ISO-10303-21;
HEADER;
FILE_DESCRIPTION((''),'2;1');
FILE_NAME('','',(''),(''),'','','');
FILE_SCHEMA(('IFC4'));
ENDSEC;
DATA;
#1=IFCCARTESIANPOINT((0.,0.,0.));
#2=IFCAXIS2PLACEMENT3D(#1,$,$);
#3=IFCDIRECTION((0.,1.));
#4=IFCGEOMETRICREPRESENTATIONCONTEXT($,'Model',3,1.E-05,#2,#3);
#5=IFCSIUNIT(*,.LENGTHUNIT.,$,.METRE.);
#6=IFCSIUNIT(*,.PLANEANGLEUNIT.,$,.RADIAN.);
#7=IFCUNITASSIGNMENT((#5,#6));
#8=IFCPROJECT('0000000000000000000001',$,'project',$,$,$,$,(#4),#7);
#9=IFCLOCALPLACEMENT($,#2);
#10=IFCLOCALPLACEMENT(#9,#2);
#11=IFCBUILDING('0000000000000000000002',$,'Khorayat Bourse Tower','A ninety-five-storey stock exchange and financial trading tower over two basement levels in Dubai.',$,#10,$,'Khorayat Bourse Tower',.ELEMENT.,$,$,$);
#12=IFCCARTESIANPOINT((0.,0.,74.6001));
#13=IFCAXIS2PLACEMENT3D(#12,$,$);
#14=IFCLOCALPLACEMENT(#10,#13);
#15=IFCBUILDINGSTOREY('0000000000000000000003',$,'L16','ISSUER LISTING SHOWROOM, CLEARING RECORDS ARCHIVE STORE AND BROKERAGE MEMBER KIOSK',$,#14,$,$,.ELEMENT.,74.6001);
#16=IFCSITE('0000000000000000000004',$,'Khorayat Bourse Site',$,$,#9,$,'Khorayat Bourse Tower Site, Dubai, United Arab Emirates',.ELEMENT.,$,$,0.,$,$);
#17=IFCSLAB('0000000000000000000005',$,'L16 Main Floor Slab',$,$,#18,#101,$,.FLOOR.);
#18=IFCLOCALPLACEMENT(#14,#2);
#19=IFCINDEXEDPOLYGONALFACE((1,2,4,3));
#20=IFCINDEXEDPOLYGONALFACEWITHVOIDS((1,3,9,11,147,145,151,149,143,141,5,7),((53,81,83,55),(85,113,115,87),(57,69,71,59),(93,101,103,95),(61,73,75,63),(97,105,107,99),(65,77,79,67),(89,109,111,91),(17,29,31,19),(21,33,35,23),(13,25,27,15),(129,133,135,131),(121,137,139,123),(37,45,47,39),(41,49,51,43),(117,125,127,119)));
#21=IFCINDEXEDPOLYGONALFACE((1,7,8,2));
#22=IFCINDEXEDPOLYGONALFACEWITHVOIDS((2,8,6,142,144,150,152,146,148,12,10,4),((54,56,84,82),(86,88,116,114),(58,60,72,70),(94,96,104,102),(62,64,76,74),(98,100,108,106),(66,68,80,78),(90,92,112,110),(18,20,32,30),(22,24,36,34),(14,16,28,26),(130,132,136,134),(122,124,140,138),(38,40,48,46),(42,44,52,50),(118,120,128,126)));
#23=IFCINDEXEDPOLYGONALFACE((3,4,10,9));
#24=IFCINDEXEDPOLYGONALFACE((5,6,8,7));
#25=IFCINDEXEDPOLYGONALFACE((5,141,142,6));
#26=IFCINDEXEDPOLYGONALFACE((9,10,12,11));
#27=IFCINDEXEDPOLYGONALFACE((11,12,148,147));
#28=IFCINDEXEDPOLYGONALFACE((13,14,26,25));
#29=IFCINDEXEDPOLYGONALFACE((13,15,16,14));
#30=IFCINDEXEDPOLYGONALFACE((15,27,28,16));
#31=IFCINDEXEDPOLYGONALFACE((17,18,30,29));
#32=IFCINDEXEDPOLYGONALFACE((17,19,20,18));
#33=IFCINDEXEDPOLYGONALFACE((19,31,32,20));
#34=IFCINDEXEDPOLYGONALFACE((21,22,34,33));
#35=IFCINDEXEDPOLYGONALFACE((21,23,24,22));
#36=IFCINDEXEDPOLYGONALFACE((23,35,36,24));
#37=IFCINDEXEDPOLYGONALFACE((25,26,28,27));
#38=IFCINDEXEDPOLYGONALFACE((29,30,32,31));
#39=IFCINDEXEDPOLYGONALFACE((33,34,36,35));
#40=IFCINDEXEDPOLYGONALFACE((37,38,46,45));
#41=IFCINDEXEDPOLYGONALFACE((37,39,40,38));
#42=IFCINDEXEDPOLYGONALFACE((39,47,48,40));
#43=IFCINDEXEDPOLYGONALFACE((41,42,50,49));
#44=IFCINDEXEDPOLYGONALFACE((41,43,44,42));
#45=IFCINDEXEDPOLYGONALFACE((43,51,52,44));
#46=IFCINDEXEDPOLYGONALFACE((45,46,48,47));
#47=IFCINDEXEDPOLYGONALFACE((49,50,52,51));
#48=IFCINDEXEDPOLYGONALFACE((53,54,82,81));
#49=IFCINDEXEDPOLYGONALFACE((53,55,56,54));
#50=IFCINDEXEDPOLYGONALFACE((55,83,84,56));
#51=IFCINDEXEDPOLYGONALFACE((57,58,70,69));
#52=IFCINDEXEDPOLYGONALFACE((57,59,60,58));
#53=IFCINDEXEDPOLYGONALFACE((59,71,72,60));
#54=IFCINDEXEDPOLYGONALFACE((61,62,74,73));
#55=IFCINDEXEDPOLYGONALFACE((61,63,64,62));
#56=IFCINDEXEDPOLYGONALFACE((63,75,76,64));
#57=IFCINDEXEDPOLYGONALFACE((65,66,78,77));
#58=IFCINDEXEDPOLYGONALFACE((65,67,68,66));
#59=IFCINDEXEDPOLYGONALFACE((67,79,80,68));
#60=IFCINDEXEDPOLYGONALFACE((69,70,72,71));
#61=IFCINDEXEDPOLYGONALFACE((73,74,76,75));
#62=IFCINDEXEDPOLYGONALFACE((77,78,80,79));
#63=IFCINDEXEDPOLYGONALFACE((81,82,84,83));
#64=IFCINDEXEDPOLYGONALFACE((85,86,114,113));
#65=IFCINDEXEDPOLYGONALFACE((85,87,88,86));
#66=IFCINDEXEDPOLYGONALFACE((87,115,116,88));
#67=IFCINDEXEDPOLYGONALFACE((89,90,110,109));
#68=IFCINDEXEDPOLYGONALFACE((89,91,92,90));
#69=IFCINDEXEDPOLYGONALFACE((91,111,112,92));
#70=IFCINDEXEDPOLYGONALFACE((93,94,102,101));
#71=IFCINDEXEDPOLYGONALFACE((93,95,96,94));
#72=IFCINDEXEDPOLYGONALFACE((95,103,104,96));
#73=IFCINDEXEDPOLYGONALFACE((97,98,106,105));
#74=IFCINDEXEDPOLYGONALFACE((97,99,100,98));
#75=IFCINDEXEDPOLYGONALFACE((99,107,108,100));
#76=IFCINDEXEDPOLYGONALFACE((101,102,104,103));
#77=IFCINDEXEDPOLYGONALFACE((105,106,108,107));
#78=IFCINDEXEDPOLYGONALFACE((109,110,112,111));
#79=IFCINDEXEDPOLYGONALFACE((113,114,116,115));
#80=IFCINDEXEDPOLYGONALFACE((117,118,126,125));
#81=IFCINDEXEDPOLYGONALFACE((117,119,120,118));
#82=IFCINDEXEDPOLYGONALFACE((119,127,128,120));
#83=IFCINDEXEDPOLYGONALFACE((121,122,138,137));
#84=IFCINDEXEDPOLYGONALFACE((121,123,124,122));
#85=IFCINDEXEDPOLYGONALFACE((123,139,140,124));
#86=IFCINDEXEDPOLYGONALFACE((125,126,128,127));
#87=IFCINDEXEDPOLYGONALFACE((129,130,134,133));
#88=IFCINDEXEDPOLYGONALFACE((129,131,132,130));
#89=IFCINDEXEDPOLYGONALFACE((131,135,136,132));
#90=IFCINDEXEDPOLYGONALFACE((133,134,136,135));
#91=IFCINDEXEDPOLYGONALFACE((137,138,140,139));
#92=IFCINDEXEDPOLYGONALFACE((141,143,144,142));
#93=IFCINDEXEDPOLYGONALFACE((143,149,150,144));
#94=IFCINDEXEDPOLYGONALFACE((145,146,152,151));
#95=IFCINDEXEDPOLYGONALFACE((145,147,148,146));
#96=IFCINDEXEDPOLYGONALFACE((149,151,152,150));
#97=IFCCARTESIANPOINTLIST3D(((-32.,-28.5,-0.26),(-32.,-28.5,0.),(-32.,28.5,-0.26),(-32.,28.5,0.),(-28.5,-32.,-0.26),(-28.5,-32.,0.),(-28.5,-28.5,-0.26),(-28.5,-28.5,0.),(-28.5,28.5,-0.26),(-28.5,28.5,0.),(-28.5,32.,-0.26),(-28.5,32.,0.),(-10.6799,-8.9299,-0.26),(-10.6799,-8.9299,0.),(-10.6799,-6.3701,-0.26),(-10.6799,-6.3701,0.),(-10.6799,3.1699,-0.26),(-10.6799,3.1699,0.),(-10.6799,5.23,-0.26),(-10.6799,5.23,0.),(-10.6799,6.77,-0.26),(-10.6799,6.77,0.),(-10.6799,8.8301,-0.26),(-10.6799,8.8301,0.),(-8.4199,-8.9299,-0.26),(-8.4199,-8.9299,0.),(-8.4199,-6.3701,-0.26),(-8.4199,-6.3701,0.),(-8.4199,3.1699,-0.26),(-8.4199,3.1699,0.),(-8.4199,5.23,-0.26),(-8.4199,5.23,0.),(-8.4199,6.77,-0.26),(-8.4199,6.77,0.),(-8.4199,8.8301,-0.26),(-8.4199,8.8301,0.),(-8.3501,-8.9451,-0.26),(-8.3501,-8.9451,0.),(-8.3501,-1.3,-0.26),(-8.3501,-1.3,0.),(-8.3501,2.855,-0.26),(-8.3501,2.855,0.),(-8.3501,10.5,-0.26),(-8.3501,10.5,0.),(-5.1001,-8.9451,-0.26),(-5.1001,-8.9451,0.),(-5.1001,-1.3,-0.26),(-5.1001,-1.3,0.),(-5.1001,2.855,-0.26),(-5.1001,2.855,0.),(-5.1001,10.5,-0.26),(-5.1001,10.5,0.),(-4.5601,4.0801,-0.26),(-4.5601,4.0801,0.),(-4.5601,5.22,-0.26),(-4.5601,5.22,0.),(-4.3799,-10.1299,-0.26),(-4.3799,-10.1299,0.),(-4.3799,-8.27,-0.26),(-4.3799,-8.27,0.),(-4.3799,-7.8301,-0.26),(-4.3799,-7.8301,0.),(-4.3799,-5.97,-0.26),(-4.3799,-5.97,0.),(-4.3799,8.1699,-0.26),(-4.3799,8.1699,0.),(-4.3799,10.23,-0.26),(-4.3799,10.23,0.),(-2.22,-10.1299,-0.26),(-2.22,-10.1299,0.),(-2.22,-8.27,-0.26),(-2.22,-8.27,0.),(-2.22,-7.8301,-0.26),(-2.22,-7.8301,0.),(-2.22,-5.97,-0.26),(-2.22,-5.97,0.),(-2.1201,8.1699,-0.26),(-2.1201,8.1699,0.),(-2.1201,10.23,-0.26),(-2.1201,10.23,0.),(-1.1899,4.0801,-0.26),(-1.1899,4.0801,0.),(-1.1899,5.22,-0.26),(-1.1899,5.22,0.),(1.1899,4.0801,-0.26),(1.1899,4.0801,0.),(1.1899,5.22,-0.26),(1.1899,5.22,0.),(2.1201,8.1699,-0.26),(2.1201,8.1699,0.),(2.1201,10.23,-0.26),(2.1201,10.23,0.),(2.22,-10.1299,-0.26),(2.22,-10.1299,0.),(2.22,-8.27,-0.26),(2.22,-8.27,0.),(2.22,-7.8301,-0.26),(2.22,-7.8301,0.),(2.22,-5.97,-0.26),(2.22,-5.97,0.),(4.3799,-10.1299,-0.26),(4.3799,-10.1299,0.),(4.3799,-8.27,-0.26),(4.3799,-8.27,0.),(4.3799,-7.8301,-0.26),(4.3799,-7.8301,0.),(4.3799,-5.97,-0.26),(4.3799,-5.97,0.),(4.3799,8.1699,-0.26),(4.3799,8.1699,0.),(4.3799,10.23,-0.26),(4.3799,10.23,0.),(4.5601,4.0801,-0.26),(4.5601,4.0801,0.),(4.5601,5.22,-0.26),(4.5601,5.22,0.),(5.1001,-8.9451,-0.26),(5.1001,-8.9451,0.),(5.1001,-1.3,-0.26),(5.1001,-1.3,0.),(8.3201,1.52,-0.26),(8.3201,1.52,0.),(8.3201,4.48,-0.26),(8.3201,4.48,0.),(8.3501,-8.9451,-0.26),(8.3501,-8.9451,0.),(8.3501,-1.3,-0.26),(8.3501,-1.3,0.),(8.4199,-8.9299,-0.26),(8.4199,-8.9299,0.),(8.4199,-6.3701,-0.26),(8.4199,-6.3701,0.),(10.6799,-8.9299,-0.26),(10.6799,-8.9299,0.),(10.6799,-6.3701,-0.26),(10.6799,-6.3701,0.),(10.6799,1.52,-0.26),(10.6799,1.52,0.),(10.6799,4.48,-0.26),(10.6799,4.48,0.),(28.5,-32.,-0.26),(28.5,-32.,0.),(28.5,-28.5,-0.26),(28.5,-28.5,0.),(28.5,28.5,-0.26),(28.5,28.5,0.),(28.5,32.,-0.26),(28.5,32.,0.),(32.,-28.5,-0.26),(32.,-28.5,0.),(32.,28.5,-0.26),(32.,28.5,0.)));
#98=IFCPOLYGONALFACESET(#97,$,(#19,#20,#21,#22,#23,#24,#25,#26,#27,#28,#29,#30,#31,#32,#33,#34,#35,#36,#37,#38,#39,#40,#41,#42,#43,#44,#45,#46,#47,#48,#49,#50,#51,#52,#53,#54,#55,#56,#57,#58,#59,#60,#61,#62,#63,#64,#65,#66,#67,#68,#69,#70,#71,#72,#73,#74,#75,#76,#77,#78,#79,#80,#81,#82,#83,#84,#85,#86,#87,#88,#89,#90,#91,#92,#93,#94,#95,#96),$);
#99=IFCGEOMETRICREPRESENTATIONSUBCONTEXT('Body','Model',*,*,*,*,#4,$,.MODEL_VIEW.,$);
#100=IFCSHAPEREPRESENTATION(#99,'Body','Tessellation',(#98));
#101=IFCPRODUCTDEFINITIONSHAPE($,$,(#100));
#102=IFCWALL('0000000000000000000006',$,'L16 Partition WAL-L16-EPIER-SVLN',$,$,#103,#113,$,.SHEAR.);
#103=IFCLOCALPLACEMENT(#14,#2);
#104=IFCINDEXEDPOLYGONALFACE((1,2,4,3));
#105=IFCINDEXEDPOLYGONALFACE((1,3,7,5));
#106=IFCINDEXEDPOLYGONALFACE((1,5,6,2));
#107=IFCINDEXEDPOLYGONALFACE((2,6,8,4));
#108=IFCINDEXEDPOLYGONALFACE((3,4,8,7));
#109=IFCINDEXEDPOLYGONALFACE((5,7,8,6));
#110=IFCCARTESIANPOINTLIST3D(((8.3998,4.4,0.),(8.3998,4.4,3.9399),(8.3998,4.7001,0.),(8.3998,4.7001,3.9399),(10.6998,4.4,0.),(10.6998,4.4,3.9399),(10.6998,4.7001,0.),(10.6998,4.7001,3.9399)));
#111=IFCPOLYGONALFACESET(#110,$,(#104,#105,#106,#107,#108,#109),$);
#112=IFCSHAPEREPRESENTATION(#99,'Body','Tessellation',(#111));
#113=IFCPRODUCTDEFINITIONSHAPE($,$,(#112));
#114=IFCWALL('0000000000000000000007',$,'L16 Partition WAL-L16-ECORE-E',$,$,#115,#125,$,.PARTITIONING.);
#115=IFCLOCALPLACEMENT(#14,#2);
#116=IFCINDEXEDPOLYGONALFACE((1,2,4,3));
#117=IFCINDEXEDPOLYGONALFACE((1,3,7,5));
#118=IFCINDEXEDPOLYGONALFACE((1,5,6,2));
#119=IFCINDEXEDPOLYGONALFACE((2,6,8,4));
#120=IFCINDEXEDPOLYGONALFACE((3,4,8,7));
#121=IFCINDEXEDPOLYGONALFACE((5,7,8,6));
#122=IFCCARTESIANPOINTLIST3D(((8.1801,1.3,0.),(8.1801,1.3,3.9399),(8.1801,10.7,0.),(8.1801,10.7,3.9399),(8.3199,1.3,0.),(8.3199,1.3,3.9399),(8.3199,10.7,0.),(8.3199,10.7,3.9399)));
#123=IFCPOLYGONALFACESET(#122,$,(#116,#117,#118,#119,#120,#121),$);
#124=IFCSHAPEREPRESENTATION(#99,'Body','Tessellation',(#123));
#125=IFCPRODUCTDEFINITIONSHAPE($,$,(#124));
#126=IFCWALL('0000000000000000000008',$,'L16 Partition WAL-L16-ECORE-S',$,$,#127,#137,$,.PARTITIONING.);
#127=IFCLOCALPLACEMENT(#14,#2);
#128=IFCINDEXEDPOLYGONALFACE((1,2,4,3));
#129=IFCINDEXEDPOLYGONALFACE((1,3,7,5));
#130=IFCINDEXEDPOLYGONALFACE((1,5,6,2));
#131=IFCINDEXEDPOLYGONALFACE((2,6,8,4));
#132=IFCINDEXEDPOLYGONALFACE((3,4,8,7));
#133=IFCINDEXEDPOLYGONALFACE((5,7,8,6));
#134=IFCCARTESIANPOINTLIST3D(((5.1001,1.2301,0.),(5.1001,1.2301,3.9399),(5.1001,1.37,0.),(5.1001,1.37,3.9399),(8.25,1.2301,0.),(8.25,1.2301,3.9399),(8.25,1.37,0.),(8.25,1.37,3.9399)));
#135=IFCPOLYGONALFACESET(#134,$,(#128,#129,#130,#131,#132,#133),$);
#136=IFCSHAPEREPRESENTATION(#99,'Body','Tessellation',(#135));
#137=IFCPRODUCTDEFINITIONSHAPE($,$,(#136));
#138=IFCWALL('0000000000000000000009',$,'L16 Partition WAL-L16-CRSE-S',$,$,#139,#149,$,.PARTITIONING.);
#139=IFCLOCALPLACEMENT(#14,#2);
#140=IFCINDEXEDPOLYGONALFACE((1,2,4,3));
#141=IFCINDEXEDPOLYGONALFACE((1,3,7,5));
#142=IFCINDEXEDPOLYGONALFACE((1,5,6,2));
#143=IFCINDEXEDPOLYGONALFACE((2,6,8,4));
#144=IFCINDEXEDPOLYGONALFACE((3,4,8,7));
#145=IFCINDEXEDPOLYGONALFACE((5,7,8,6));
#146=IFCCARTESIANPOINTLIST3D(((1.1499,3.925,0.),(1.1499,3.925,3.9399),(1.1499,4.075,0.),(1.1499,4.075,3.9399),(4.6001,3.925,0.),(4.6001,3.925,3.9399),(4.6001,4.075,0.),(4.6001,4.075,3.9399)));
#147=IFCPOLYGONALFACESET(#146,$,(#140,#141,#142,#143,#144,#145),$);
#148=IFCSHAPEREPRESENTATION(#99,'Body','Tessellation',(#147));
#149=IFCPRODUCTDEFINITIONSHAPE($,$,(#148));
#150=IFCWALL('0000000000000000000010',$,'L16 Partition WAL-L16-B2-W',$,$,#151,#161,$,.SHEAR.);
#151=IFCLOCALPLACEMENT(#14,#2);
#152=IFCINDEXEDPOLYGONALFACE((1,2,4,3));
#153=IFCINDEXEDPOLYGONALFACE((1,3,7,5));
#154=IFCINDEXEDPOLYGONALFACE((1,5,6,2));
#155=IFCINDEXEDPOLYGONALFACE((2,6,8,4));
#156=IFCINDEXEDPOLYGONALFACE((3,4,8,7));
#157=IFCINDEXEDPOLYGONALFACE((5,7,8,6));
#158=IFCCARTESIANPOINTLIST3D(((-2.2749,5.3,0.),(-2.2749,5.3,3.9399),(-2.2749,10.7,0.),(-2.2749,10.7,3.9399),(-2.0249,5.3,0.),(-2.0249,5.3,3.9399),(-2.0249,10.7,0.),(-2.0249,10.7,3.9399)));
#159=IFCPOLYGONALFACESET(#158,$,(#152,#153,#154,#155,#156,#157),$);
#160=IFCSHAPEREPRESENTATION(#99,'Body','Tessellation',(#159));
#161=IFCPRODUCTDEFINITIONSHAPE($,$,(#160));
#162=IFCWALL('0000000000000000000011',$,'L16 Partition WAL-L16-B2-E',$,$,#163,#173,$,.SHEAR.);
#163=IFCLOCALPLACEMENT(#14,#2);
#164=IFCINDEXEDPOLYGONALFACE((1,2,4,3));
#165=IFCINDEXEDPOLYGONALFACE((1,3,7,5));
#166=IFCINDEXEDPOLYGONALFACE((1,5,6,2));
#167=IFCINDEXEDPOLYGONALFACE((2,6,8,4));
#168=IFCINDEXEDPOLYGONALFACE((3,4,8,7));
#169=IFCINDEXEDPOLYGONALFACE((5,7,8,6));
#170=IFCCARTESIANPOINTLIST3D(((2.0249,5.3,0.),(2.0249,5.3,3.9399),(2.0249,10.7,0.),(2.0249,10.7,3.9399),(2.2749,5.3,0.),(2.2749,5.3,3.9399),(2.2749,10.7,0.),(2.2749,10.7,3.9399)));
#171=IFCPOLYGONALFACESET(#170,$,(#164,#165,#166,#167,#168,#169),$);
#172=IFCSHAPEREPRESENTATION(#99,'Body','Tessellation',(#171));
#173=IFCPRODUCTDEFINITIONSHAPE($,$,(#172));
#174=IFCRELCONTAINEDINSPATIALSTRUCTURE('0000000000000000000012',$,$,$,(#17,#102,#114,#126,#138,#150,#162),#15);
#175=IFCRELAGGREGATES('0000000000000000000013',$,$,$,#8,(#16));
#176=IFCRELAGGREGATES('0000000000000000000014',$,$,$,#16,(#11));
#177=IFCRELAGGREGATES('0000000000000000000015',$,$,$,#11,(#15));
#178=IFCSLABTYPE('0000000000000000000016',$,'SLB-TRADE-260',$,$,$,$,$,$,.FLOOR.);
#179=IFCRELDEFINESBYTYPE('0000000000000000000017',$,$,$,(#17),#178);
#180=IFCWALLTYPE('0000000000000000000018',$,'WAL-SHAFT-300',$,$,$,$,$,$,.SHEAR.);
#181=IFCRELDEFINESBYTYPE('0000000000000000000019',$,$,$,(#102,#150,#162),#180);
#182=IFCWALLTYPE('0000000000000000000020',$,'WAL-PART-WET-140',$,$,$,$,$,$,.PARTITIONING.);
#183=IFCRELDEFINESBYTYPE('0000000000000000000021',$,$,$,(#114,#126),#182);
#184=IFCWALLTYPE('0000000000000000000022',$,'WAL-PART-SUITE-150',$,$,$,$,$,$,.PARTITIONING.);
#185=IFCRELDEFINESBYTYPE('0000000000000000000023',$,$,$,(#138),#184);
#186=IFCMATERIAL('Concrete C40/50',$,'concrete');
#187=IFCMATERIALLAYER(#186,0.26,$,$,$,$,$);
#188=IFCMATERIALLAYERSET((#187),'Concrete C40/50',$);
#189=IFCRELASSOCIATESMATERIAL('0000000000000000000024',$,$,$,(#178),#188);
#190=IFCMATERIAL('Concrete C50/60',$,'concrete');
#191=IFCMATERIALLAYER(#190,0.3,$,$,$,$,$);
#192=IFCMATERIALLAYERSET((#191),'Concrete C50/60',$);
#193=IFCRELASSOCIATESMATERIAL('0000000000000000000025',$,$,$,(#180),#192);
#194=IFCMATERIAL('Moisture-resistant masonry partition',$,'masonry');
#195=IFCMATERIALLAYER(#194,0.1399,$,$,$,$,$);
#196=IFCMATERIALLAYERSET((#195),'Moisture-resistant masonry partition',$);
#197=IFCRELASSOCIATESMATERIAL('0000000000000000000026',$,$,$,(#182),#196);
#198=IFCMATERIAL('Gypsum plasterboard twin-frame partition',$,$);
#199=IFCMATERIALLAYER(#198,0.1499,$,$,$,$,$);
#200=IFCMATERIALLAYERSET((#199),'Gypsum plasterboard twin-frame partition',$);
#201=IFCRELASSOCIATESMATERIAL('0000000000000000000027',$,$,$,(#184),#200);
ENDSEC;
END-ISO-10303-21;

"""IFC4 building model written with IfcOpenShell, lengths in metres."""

from ifc_helpers import new_model, si_unit, direction, frame, frame_2d, origin, place, context, subcontext, project, spatial, polyline, rectangle, outline, extrude, source, transform, mapped, material, layer, layer_set, type_object, element, save


model = new_model("IFC4")

# Units and contexts
model_context = context("Model", 3, precision=1e-05, world=origin(), true_north=direction((0.0, 1.0)))
body_context = subcontext(model_context, "Body", "Model", "MODEL_VIEW")
ifc_project = project(units=[si_unit("LENGTHUNIT", "METRE"), si_unit("PLANEANGLEUNIT", "RADIAN")], contexts=[model_context])

# Site, building, storey
site_placement = place(None, origin())
site = spatial("IfcSite", under=ifc_project, at=site_placement, Name="Khorayat Bourse Site", LongName="Khorayat Bourse Tower Site, Dubai, United Arab Emirates", CompositionType="ELEMENT", RefElevation=0.0)
building_placement = place(site_placement, origin())
building = spatial("IfcBuilding", under=site, at=building_placement, Name="Khorayat Bourse Tower", Description="A ninety-five-storey stock exchange and financial trading tower over two basement levels in Dubai.", LongName="Khorayat Bourse Tower", CompositionType="ELEMENT")
storey_placement = place(building_placement, frame((0.0, 0.0, 74.6001)))
storey = spatial("IfcBuildingStorey", under=building, at=storey_placement, Name="L16", Description="ISSUER LISTING SHOWROOM, CLEARING RECORDS ARCHIVE STORE AND BROKERAGE MEMBER KIOSK", CompositionType="ELEMENT", Elevation=74.6001)

# Shared definitions
ifc_material_1 = material(Name="Concrete C40/50", Category="concrete")

# Slab
ifc_layer_1 = layer(ifc_material_1, 0.26)
ifc_layer_set_1 = layer_set([ifc_layer_1], Name="Concrete C40/50")
slab_type_1 = type_object("IfcSlabType", Name="SLB-TRADE-260", PredefinedType="FLOOR", material=ifc_layer_set_1)
slab_1_placement = place(storey_placement, frame((0.0, 0.0, -0.26)))
element("IfcSlab", 1, at=slab_1_placement, inside=storey, type_object=slab_type_1, Name="L16 Main Floor Slab", PredefinedType="FLOOR", context=body_context, shape_type="SweptSolid", body=[
    extrude(outline(polyline([(-28.5, -32.0), (28.5, -32.0), (28.5, -28.5), (32.0, -28.5), (32.0, 28.5), (28.5, 28.5), (28.5, 32.0), (-28.5, 32.0), (-28.5, 28.5), (-32.0, 28.5), (-32.0, -28.5), (-28.5, -28.5), (-28.5, -32.0)]), holes=[polyline([(-8.3501, -8.9451), (-5.1001, -8.9451), (-5.1001, -1.3), (-8.3501, -1.3), (-8.3501, -8.9451)]), polyline([(-8.3501, 2.855), (-5.1001, 2.855), (-5.1001, 10.5), (-8.3501, 10.5), (-8.3501, 2.855)]), polyline([(5.1001, -8.9451), (8.3501, -8.9451), (8.3501, -1.3), (5.1001, -1.3), (5.1001, -8.9451)]), polyline([(-4.3799, -10.1299), (-2.22, -10.1299), (-2.22, -8.27), (-4.3799, -8.27), (-4.3799, -10.1299)]), polyline([(2.22, -10.1299), (4.3799, -10.1299), (4.3799, -8.27), (2.22, -8.27), (2.22, -10.1299)]), polyline([(-4.3799, -7.8301), (-2.22, -7.8301), (-2.22, -5.97), (-4.3799, -5.97), (-4.3799, -7.8301)]), polyline([(2.22, -7.8301), (4.3799, -7.8301), (4.3799, -5.97), (2.22, -5.97), (2.22, -7.8301)]), polyline([(-4.3799, 8.1699), (-2.1201, 8.1699), (-2.1201, 10.23), (-4.3799, 10.23), (-4.3799, 8.1699)]), polyline([(2.1201, 8.1699), (4.3799, 8.1699), (4.3799, 10.23), (2.1201, 10.23), (2.1201, 8.1699)]), polyline([(-10.6799, 3.1699), (-8.4199, 3.1699), (-8.4199, 5.23), (-10.6799, 5.23), (-10.6799, 3.1699)]), polyline([(-10.6799, 6.77), (-8.4199, 6.77), (-8.4199, 8.8301), (-10.6799, 8.8301), (-10.6799, 6.77)]), polyline([(-10.6799, -8.9299), (-8.4199, -8.9299), (-8.4199, -6.3701), (-10.6799, -6.3701), (-10.6799, -8.9299)]), polyline([(8.4199, -8.9299), (10.6799, -8.9299), (10.6799, -6.3701), (8.4199, -6.3701), (8.4199, -8.9299)]), polyline([(8.3201, 1.52), (10.6799, 1.52), (10.6799, 4.48), (8.3201, 4.48), (8.3201, 1.52)]), polyline([(-4.5601, 4.0801), (-1.1899, 4.0801), (-1.1899, 5.22), (-4.5601, 5.22), (-4.5601, 4.0801)]), polyline([(1.1899, 4.0801), (4.5601, 4.0801), (4.5601, 5.22), (1.1899, 5.22), (1.1899, 4.0801)])]), origin(), (0.0, 0.0, 1.0), 0.26),
])

# Walls
ifc_material_2 = material(Name="Concrete C50/60", Category="concrete")
ifc_layer_2 = layer(ifc_material_2, 0.3)
ifc_layer_set_2 = layer_set([ifc_layer_2], Name="Concrete C50/60")
wall_type_1 = type_object("IfcWallType", Name="WAL-SHAFT-300", PredefinedType="SHEAR", material=ifc_layer_set_2)
shared_shape_1 = source(origin(), body_context, "Body", "SweptSolid", [
    extrude(rectangle(XDim=2.3, YDim=0.3, at=frame_2d((1.1499, 0.0))), origin(), (0.0, 0.0, 1.0), 3.9399),
])
wall_1_placement = place(storey_placement, frame((8.3999, 4.55, 0.0), z_axis=(0.0, 0.0, 1.0), x_axis=(1.0, 0.0, 0.0)))
element("IfcWall", 2, at=wall_1_placement, inside=storey, type_object=wall_type_1, Name="L16 Partition WAL-L16-EPIER-SVLN", PredefinedType="SHEAR", context=body_context, shape_type="MappedRepresentation", body=[
    mapped(shared_shape_1, transform((0.0, 0.0, 0.0), scale=1.0)),
])
ifc_material_3 = material(Name="Moisture-resistant masonry partition", Category="masonry")
ifc_layer_3 = layer(ifc_material_3, 0.1399)
ifc_layer_set_3 = layer_set([ifc_layer_3], Name="Moisture-resistant masonry partition")
wall_type_2 = type_object("IfcWallType", Name="WAL-PART-WET-140", PredefinedType="PARTITIONING", material=ifc_layer_set_3)
shared_shape_2 = source(origin(), body_context, "Body", "SweptSolid", [
    extrude(rectangle(XDim=9.3999, YDim=0.1399, at=frame_2d((4.7, 0.0))), origin(), (0.0, 0.0, 1.0), 3.9399),
])
wall_2_placement = place(storey_placement, frame((8.25, 1.3, 0.0), z_axis=(0.0, 0.0, 1.0), x_axis=(0.0, 1.0, 0.0)))
element("IfcWall", 3, at=wall_2_placement, inside=storey, type_object=wall_type_2, Name="L16 Partition WAL-L16-ECORE-E", PredefinedType="PARTITIONING", context=body_context, shape_type="MappedRepresentation", body=[
    mapped(shared_shape_2, transform((0.0, 0.0, 0.0), scale=1.0)),
])
shared_shape_3 = source(origin(), body_context, "Body", "SweptSolid", [
    extrude(rectangle(XDim=3.1499, YDim=0.1399, at=frame_2d((1.575, 0.0))), origin(), (0.0, 0.0, 1.0), 3.9399),
])
wall_3_placement = place(storey_placement, frame((5.1001, 1.3, 0.0), z_axis=(0.0, 0.0, 1.0), x_axis=(1.0, 0.0, 0.0)))
element("IfcWall", 4, at=wall_3_placement, inside=storey, type_object=wall_type_2, Name="L16 Partition WAL-L16-ECORE-S", PredefinedType="PARTITIONING", context=body_context, shape_type="MappedRepresentation", body=[
    mapped(shared_shape_3, transform((0.0, 0.0, 0.0), scale=1.0)),
])

# Walls
ifc_material_4 = material(Name="Gypsum plasterboard twin-frame partition")
ifc_layer_4 = layer(ifc_material_4, 0.1499)
ifc_layer_set_4 = layer_set([ifc_layer_4], Name="Gypsum plasterboard twin-frame partition")
wall_type_3 = type_object("IfcWallType", Name="WAL-PART-SUITE-150", PredefinedType="PARTITIONING", material=ifc_layer_set_4)
shared_shape_4 = source(origin(), body_context, "Body", "SweptSolid", [
    extrude(rectangle(XDim=3.4502, YDim=0.1499, at=frame_2d((1.7251, 0.0))), origin(), (0.0, 0.0, 1.0), 3.9399),
])
wall_4_placement = place(storey_placement, frame((1.1499, 4.0, 0.0), z_axis=(0.0, 0.0, 1.0), x_axis=(1.0, 0.0, 0.0)))
element("IfcWall", 5, at=wall_4_placement, inside=storey, type_object=wall_type_3, Name="L16 Partition WAL-L16-CRSE-S", PredefinedType="PARTITIONING", context=body_context, shape_type="MappedRepresentation", body=[
    mapped(shared_shape_4, transform((0.0, 0.0, 0.0), scale=1.0)),
])
shared_shape_5 = source(origin(), body_context, "Body", "SweptSolid", [
    extrude(rectangle(XDim=5.3999, YDim=0.25, at=frame_2d((2.7, 0.0))), origin(), (0.0, 0.0, 1.0), 3.9399),
])
for number, where, z_axis, x_axis, name in (
    (6, (-2.1499, 5.3, 0.0), (0.0, 0.0, 1.0), (0.0, 1.0, 0.0), "L16 Partition WAL-L16-B2-W"),
    (7, (2.1499, 5.3, 0.0), (0.0, 0.0, 1.0), (0.0, 1.0, 0.0), "L16 Partition WAL-L16-B2-E"),
):
    element("IfcWall", number, at=place(storey_placement, frame(where, z_axis=z_axis, x_axis=x_axis)), inside=storey, type_object=wall_type_1, Name=name, PredefinedType="SHEAR", context=body_context, shape_type="MappedRepresentation", body=[
        mapped(shared_shape_5, transform((0.0, 0.0, 0.0), scale=1.0)),
    ])

save(model, "model.ifc")
